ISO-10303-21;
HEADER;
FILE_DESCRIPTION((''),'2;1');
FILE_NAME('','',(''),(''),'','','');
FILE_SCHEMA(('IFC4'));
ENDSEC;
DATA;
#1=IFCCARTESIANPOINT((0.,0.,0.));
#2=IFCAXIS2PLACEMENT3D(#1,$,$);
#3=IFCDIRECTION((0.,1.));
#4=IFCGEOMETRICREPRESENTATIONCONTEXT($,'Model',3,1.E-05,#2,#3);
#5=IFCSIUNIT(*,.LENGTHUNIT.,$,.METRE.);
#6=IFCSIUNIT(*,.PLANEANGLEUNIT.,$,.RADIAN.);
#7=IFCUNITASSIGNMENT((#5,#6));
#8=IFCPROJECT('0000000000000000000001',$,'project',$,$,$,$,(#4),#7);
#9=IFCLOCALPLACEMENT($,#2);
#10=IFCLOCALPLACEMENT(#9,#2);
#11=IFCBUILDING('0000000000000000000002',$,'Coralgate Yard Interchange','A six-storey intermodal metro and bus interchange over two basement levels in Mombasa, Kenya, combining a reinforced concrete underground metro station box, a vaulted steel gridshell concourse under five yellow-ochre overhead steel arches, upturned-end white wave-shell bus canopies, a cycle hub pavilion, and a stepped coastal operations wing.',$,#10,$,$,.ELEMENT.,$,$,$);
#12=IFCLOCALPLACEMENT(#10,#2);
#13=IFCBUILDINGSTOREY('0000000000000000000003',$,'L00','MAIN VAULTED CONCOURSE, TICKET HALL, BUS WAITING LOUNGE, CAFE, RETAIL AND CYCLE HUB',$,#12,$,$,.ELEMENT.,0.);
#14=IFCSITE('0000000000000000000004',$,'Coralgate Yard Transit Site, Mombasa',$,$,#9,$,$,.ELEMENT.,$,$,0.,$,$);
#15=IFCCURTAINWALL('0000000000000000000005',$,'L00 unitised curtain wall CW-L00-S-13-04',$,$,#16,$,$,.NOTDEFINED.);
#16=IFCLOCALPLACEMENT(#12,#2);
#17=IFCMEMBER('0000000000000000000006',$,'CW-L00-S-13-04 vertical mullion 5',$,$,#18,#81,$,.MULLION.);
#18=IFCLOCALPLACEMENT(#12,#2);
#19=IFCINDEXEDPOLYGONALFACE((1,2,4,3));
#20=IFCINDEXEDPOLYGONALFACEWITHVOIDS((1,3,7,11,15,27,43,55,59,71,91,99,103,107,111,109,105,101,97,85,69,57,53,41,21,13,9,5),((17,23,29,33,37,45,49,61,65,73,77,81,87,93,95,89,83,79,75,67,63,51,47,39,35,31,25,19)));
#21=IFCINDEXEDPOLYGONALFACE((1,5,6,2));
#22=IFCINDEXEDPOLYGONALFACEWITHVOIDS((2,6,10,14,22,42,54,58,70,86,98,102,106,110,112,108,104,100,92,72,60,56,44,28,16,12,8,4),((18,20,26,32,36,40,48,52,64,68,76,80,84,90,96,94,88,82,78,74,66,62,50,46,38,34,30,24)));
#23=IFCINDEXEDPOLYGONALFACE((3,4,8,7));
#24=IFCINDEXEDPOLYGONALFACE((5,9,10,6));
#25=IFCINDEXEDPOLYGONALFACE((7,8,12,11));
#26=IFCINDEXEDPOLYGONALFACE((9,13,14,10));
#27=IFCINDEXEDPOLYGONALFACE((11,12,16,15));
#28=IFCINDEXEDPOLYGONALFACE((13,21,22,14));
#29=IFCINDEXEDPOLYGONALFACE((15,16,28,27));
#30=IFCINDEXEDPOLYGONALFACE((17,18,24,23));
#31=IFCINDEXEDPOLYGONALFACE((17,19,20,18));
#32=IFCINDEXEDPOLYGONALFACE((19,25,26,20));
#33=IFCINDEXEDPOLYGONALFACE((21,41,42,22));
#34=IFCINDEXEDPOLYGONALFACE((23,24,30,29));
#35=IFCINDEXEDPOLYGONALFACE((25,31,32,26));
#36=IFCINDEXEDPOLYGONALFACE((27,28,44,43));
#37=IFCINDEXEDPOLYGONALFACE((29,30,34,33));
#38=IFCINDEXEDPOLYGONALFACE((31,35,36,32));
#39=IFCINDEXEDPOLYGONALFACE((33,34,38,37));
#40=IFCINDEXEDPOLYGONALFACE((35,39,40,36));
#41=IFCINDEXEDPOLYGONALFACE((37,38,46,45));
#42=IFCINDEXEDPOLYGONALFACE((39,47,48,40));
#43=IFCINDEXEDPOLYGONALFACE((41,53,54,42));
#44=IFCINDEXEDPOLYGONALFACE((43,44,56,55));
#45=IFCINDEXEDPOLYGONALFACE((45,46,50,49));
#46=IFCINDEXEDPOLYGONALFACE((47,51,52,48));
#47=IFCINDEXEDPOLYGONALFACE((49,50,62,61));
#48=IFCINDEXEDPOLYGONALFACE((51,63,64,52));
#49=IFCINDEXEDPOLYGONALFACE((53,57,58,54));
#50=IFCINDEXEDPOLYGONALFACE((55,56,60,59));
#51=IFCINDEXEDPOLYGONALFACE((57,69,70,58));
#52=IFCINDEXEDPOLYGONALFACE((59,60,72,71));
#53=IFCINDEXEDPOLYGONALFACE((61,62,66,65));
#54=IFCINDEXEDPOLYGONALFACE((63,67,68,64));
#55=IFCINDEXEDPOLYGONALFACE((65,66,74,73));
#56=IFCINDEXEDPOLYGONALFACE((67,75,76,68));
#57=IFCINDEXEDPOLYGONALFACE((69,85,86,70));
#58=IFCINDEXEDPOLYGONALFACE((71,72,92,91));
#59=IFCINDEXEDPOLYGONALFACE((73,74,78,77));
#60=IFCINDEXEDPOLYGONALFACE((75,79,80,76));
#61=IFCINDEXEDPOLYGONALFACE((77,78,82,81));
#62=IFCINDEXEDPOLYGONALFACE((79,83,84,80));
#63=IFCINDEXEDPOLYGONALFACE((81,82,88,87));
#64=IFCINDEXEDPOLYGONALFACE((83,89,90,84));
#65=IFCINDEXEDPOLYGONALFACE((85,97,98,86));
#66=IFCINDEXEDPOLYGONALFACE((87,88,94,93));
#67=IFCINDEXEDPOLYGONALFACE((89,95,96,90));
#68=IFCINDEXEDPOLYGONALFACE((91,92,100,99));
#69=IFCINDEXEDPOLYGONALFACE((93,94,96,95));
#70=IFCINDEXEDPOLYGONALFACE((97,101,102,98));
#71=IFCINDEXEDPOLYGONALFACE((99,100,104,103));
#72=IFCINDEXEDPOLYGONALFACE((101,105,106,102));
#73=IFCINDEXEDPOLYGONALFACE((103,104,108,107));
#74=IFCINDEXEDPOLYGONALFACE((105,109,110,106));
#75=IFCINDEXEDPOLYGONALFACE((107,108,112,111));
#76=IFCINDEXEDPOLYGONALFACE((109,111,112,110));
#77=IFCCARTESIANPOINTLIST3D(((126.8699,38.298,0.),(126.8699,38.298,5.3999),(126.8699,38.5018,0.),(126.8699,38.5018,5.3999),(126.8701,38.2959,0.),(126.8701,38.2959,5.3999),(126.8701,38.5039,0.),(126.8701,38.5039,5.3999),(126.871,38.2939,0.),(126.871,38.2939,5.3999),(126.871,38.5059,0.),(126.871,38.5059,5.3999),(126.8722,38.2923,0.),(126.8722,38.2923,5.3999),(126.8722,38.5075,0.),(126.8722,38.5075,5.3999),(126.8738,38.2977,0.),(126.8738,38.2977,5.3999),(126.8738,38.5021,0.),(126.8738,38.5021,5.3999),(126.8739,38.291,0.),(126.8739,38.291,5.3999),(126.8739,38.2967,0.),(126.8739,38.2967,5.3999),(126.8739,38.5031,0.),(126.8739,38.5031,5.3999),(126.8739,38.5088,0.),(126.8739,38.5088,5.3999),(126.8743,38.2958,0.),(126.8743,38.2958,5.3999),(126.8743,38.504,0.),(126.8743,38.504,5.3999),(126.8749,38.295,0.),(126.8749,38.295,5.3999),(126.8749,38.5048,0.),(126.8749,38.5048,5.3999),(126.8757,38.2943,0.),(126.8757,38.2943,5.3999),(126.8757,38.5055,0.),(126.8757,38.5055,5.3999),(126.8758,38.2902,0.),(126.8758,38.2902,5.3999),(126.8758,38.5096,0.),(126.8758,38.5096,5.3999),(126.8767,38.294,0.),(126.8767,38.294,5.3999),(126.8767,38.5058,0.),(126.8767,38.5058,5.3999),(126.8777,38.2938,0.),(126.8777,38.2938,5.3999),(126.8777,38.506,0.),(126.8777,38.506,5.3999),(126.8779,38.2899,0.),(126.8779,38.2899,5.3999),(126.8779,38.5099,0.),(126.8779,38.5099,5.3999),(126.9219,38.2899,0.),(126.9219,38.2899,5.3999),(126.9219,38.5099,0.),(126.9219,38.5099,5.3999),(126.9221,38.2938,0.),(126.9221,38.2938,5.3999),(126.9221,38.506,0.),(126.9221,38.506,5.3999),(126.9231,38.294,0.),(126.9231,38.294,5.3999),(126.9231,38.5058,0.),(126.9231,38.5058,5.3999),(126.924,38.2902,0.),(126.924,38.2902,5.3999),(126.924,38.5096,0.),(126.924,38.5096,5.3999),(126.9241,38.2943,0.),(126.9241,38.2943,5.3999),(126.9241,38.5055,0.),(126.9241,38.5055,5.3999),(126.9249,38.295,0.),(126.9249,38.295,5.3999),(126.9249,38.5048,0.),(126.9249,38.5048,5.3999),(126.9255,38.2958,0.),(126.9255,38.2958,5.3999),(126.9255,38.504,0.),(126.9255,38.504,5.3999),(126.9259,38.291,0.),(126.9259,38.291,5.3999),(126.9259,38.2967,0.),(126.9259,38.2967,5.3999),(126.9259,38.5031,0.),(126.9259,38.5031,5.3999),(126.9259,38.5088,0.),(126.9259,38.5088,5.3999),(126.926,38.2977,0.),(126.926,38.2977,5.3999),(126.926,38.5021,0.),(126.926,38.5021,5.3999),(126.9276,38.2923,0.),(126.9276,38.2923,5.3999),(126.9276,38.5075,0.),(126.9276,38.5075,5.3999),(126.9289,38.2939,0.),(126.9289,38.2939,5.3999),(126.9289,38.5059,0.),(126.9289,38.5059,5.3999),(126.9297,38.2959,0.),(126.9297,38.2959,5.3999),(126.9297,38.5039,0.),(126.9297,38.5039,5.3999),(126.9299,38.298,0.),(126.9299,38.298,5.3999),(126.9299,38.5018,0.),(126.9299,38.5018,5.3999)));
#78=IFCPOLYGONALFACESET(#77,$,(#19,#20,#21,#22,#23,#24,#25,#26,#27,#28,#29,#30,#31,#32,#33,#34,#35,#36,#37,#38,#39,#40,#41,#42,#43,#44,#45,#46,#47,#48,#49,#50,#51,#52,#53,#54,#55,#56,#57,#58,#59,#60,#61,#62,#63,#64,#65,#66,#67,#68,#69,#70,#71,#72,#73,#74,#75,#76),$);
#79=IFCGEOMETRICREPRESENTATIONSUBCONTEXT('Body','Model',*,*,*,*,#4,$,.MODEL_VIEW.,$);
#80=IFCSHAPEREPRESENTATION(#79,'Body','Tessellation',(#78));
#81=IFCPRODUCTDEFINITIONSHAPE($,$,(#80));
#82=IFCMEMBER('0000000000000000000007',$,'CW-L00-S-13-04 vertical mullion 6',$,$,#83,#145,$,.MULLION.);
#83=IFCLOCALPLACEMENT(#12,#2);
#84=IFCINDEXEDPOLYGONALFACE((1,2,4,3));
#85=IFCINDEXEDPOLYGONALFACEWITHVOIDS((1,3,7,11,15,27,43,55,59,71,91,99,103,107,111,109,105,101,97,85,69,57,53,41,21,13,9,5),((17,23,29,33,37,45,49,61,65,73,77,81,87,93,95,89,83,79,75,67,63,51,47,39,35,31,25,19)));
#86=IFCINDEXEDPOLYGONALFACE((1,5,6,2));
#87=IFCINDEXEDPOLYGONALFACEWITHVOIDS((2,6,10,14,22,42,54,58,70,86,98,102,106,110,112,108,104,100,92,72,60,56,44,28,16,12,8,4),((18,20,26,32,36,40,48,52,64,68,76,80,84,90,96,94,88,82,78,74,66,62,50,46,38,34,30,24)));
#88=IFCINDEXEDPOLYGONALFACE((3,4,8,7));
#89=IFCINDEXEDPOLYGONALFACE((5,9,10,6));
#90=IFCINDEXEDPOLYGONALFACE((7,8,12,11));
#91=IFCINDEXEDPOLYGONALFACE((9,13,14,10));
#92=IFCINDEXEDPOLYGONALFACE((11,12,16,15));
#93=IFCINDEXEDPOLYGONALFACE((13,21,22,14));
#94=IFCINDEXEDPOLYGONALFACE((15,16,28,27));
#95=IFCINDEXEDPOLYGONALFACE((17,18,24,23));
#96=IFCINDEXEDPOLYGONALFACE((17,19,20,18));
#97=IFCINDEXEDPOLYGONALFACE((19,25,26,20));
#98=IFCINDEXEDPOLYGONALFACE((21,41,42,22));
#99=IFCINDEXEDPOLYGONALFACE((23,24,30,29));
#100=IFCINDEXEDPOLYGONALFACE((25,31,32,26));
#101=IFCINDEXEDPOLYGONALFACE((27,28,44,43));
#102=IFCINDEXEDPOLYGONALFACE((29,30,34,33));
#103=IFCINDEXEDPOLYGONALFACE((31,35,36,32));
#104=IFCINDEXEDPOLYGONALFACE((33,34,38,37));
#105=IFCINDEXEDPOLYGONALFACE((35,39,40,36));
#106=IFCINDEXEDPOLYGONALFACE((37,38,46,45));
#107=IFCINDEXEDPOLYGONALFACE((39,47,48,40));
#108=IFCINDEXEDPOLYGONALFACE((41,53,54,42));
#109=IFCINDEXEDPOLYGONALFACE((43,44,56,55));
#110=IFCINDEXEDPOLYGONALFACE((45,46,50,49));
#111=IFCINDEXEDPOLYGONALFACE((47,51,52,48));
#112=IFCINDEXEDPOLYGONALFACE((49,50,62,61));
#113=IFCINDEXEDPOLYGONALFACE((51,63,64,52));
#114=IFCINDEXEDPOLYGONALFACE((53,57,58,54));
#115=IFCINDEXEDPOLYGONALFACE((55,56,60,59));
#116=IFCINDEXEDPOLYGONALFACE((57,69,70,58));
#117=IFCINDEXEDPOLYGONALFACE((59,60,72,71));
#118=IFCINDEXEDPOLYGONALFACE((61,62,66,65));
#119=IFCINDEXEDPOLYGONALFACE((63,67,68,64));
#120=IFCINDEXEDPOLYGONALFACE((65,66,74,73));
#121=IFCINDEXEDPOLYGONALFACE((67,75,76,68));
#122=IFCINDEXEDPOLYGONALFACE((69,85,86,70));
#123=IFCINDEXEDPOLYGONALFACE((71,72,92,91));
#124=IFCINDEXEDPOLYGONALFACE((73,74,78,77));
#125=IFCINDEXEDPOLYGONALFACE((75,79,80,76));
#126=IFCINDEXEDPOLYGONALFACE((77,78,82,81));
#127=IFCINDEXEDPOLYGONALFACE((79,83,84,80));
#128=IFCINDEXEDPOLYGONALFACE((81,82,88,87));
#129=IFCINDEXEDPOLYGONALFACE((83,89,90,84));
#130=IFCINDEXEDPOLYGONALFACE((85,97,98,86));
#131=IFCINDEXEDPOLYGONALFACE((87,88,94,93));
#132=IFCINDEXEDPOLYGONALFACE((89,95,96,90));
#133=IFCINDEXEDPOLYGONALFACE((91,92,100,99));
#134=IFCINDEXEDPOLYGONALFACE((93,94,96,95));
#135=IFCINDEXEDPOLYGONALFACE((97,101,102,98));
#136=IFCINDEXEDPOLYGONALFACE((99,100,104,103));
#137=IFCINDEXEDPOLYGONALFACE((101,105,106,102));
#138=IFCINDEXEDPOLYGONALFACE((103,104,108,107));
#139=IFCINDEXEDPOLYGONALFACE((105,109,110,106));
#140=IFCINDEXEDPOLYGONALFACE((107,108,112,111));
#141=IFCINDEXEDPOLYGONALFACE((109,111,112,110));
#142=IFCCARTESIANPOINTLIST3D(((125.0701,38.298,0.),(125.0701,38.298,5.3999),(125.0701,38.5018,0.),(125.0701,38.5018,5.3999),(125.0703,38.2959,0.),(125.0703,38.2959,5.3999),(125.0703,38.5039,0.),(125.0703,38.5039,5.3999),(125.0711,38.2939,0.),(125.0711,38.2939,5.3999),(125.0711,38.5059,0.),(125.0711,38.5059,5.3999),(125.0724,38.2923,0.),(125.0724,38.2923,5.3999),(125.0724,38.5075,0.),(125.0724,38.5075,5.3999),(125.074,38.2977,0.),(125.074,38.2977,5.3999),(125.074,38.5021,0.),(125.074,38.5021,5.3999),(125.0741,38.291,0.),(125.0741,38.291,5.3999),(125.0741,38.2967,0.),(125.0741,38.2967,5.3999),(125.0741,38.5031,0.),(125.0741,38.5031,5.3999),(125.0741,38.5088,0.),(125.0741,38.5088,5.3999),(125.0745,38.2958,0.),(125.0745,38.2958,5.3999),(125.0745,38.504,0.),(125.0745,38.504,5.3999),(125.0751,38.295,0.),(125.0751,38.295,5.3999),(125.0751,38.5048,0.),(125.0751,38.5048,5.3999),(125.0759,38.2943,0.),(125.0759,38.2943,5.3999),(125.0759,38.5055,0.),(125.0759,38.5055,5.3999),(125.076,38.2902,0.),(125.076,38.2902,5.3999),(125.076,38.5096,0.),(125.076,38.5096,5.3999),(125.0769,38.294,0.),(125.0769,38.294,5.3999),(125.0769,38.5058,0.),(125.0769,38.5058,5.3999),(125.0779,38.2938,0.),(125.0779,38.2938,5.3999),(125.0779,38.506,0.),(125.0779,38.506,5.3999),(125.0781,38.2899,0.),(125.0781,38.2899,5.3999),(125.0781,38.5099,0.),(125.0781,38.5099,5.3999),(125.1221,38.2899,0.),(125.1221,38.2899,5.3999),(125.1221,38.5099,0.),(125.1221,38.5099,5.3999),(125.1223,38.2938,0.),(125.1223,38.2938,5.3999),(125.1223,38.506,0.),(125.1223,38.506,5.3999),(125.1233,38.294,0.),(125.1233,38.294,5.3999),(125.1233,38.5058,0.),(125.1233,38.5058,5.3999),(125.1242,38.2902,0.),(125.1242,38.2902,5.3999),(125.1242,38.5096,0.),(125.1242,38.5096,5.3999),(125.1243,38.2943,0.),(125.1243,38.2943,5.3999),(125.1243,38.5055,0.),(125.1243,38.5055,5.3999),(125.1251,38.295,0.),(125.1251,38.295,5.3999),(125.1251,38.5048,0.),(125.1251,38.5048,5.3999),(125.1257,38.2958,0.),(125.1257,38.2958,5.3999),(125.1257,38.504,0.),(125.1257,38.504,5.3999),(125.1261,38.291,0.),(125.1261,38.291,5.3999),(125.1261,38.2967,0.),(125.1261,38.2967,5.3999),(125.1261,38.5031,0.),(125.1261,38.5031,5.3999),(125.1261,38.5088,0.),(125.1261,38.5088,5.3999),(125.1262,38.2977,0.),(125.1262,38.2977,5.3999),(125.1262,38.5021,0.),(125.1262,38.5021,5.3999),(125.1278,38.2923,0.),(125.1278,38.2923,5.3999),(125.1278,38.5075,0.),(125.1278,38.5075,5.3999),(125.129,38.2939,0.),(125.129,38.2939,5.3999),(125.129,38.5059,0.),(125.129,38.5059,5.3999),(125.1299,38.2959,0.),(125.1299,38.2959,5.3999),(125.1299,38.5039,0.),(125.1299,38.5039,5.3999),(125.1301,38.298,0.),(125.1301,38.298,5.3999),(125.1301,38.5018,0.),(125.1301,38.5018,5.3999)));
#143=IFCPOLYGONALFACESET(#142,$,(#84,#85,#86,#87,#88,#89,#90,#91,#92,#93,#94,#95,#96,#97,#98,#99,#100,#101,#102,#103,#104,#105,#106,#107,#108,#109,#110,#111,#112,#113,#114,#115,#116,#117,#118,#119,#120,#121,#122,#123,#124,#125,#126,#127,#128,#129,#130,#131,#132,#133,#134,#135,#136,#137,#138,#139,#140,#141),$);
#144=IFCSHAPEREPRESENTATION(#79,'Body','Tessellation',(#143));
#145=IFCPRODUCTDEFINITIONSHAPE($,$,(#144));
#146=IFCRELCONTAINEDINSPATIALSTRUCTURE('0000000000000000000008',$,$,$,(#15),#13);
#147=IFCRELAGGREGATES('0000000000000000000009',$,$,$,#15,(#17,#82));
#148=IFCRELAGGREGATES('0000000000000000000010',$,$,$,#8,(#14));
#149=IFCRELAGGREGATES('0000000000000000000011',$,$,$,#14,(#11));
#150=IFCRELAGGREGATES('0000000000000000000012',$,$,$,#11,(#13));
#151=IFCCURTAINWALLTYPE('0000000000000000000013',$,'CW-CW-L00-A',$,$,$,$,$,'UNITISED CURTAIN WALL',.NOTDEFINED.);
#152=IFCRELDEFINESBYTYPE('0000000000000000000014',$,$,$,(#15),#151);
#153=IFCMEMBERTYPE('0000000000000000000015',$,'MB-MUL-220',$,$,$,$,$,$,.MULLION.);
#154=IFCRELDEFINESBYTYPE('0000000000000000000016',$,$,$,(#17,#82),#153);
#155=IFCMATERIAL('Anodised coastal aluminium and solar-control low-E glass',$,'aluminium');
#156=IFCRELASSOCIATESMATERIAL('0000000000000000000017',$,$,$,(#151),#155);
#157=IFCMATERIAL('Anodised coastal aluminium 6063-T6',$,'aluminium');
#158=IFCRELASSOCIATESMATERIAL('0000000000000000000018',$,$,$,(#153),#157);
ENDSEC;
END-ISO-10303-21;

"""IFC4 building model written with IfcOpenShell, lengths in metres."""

from ifc_helpers import new_model, si_unit, direction, frame, origin, origin_2d, place, context, subcontext, project, spatial, hollow_rectangle, extrude, material, material_profile, profile_set, type_object, element, aggregate, save


model = new_model("IFC4")

# Units and contexts
model_context = context("Model", 3, precision=1e-05, world=origin(), true_north=direction((0.0, 1.0)))
body_context = subcontext(model_context, "Body", "Model", "MODEL_VIEW")
ifc_project = project(units=[si_unit("LENGTHUNIT", "METRE"), si_unit("PLANEANGLEUNIT", "RADIAN")], contexts=[model_context])

# Site, building, storey
site_placement = place(None, origin())
site = spatial("IfcSite", under=ifc_project, at=site_placement, Name="Coralgate Yard Transit Site, Mombasa", CompositionType="ELEMENT", RefElevation=0.0)
building_placement = place(site_placement, origin())
building = spatial("IfcBuilding", under=site, at=building_placement, Name="Coralgate Yard Interchange", Description="A six-storey intermodal metro and bus interchange over two basement levels in Mombasa, Kenya, combining a reinforced concrete underground metro station box, a vaulted steel gridshell concourse under five yellow-ochre overhead steel arches, upturned-end white wave-shell bus canopies, a cycle hub pavilion, and a stepped coastal operations wing.", CompositionType="ELEMENT")
storey_placement = place(building_placement, origin())
storey = spatial("IfcBuildingStorey", under=building, at=storey_placement, Name="L00", Description="MAIN VAULTED CONCOURSE, TICKET HALL, BUS WAITING LOUNGE, CAFE, RETAIL AND CYCLE HUB", CompositionType="ELEMENT", Elevation=0.0)

# Curtain wall, members
ifc_material_1 = material(Name="Anodised coastal aluminium and solar-control low-E glass", Category="aluminium")
curtain_wall_type = type_object("IfcCurtainWallType", Name="CW-CW-L00-A", ElementType="UNITISED CURTAIN WALL", PredefinedType="NOTDEFINED", material=ifc_material_1)
curtain_wall_placement = place(storey_placement, origin())
curtain_wall = element("IfcCurtainWall", 1, at=curtain_wall_placement, inside=storey, type_object=curtain_wall_type, Name="L00 unitised curtain wall CW-L00-S-13-04", PredefinedType="NOTDEFINED")
ifc_material_2 = material(Name="Anodised coastal aluminium 6063-T6", Category="aluminium")
ifc_material_profile_1 = material_profile(ifc_material_2, hollow_rectangle(XDim=0.0601, YDim=0.22, WallThickness=0.0039, InnerFilletRadius=0.0039, OuterFilletRadius=0.0081, at=origin_2d()), Name="ALU 60x220x4")
ifc_profile_set_1 = profile_set([ifc_material_profile_1], Name="Anodised coastal aluminium 6063-T6")
member_type_1 = type_object("IfcMemberType", Name="MB-MUL-220", PredefinedType="MULLION", material=ifc_profile_set_1)
member_1_placement = place(storey_placement, frame((126.8999, 38.3999, 0.0), z_axis=(0.0, 0.0, 1.0), x_axis=(1.0, 0.0, 0.0)))
member_1 = element("IfcMember", 2, at=member_1_placement, type_object=member_type_1, Name="CW-L00-S-13-04 vertical mullion 5", PredefinedType="MULLION", context=body_context, shape_type="SweptSolid", body=[
    extrude(hollow_rectangle(XDim=0.0601, YDim=0.22, WallThickness=0.0039, InnerFilletRadius=0.0039, OuterFilletRadius=0.0081, at=origin_2d()), origin(), (0.0, 0.0, 1.0), 5.3999),
])
member_2_placement = place(storey_placement, frame((125.1001, 38.3999, 0.0), z_axis=(0.0, 0.0, 1.0), x_axis=(1.0, 0.0, 0.0)))
member_2 = element("IfcMember", 3, at=member_2_placement, type_object=member_type_1, Name="CW-L00-S-13-04 vertical mullion 6", PredefinedType="MULLION", context=body_context, shape_type="SweptSolid", body=[
    extrude(hollow_rectangle(XDim=0.0601, YDim=0.22, WallThickness=0.0039, InnerFilletRadius=0.0039, OuterFilletRadius=0.0081, at=origin_2d()), origin(), (0.0, 0.0, 1.0), 5.3999),
])
aggregate(curtain_wall, [member_1, member_2])

save(model, "model.ifc")
